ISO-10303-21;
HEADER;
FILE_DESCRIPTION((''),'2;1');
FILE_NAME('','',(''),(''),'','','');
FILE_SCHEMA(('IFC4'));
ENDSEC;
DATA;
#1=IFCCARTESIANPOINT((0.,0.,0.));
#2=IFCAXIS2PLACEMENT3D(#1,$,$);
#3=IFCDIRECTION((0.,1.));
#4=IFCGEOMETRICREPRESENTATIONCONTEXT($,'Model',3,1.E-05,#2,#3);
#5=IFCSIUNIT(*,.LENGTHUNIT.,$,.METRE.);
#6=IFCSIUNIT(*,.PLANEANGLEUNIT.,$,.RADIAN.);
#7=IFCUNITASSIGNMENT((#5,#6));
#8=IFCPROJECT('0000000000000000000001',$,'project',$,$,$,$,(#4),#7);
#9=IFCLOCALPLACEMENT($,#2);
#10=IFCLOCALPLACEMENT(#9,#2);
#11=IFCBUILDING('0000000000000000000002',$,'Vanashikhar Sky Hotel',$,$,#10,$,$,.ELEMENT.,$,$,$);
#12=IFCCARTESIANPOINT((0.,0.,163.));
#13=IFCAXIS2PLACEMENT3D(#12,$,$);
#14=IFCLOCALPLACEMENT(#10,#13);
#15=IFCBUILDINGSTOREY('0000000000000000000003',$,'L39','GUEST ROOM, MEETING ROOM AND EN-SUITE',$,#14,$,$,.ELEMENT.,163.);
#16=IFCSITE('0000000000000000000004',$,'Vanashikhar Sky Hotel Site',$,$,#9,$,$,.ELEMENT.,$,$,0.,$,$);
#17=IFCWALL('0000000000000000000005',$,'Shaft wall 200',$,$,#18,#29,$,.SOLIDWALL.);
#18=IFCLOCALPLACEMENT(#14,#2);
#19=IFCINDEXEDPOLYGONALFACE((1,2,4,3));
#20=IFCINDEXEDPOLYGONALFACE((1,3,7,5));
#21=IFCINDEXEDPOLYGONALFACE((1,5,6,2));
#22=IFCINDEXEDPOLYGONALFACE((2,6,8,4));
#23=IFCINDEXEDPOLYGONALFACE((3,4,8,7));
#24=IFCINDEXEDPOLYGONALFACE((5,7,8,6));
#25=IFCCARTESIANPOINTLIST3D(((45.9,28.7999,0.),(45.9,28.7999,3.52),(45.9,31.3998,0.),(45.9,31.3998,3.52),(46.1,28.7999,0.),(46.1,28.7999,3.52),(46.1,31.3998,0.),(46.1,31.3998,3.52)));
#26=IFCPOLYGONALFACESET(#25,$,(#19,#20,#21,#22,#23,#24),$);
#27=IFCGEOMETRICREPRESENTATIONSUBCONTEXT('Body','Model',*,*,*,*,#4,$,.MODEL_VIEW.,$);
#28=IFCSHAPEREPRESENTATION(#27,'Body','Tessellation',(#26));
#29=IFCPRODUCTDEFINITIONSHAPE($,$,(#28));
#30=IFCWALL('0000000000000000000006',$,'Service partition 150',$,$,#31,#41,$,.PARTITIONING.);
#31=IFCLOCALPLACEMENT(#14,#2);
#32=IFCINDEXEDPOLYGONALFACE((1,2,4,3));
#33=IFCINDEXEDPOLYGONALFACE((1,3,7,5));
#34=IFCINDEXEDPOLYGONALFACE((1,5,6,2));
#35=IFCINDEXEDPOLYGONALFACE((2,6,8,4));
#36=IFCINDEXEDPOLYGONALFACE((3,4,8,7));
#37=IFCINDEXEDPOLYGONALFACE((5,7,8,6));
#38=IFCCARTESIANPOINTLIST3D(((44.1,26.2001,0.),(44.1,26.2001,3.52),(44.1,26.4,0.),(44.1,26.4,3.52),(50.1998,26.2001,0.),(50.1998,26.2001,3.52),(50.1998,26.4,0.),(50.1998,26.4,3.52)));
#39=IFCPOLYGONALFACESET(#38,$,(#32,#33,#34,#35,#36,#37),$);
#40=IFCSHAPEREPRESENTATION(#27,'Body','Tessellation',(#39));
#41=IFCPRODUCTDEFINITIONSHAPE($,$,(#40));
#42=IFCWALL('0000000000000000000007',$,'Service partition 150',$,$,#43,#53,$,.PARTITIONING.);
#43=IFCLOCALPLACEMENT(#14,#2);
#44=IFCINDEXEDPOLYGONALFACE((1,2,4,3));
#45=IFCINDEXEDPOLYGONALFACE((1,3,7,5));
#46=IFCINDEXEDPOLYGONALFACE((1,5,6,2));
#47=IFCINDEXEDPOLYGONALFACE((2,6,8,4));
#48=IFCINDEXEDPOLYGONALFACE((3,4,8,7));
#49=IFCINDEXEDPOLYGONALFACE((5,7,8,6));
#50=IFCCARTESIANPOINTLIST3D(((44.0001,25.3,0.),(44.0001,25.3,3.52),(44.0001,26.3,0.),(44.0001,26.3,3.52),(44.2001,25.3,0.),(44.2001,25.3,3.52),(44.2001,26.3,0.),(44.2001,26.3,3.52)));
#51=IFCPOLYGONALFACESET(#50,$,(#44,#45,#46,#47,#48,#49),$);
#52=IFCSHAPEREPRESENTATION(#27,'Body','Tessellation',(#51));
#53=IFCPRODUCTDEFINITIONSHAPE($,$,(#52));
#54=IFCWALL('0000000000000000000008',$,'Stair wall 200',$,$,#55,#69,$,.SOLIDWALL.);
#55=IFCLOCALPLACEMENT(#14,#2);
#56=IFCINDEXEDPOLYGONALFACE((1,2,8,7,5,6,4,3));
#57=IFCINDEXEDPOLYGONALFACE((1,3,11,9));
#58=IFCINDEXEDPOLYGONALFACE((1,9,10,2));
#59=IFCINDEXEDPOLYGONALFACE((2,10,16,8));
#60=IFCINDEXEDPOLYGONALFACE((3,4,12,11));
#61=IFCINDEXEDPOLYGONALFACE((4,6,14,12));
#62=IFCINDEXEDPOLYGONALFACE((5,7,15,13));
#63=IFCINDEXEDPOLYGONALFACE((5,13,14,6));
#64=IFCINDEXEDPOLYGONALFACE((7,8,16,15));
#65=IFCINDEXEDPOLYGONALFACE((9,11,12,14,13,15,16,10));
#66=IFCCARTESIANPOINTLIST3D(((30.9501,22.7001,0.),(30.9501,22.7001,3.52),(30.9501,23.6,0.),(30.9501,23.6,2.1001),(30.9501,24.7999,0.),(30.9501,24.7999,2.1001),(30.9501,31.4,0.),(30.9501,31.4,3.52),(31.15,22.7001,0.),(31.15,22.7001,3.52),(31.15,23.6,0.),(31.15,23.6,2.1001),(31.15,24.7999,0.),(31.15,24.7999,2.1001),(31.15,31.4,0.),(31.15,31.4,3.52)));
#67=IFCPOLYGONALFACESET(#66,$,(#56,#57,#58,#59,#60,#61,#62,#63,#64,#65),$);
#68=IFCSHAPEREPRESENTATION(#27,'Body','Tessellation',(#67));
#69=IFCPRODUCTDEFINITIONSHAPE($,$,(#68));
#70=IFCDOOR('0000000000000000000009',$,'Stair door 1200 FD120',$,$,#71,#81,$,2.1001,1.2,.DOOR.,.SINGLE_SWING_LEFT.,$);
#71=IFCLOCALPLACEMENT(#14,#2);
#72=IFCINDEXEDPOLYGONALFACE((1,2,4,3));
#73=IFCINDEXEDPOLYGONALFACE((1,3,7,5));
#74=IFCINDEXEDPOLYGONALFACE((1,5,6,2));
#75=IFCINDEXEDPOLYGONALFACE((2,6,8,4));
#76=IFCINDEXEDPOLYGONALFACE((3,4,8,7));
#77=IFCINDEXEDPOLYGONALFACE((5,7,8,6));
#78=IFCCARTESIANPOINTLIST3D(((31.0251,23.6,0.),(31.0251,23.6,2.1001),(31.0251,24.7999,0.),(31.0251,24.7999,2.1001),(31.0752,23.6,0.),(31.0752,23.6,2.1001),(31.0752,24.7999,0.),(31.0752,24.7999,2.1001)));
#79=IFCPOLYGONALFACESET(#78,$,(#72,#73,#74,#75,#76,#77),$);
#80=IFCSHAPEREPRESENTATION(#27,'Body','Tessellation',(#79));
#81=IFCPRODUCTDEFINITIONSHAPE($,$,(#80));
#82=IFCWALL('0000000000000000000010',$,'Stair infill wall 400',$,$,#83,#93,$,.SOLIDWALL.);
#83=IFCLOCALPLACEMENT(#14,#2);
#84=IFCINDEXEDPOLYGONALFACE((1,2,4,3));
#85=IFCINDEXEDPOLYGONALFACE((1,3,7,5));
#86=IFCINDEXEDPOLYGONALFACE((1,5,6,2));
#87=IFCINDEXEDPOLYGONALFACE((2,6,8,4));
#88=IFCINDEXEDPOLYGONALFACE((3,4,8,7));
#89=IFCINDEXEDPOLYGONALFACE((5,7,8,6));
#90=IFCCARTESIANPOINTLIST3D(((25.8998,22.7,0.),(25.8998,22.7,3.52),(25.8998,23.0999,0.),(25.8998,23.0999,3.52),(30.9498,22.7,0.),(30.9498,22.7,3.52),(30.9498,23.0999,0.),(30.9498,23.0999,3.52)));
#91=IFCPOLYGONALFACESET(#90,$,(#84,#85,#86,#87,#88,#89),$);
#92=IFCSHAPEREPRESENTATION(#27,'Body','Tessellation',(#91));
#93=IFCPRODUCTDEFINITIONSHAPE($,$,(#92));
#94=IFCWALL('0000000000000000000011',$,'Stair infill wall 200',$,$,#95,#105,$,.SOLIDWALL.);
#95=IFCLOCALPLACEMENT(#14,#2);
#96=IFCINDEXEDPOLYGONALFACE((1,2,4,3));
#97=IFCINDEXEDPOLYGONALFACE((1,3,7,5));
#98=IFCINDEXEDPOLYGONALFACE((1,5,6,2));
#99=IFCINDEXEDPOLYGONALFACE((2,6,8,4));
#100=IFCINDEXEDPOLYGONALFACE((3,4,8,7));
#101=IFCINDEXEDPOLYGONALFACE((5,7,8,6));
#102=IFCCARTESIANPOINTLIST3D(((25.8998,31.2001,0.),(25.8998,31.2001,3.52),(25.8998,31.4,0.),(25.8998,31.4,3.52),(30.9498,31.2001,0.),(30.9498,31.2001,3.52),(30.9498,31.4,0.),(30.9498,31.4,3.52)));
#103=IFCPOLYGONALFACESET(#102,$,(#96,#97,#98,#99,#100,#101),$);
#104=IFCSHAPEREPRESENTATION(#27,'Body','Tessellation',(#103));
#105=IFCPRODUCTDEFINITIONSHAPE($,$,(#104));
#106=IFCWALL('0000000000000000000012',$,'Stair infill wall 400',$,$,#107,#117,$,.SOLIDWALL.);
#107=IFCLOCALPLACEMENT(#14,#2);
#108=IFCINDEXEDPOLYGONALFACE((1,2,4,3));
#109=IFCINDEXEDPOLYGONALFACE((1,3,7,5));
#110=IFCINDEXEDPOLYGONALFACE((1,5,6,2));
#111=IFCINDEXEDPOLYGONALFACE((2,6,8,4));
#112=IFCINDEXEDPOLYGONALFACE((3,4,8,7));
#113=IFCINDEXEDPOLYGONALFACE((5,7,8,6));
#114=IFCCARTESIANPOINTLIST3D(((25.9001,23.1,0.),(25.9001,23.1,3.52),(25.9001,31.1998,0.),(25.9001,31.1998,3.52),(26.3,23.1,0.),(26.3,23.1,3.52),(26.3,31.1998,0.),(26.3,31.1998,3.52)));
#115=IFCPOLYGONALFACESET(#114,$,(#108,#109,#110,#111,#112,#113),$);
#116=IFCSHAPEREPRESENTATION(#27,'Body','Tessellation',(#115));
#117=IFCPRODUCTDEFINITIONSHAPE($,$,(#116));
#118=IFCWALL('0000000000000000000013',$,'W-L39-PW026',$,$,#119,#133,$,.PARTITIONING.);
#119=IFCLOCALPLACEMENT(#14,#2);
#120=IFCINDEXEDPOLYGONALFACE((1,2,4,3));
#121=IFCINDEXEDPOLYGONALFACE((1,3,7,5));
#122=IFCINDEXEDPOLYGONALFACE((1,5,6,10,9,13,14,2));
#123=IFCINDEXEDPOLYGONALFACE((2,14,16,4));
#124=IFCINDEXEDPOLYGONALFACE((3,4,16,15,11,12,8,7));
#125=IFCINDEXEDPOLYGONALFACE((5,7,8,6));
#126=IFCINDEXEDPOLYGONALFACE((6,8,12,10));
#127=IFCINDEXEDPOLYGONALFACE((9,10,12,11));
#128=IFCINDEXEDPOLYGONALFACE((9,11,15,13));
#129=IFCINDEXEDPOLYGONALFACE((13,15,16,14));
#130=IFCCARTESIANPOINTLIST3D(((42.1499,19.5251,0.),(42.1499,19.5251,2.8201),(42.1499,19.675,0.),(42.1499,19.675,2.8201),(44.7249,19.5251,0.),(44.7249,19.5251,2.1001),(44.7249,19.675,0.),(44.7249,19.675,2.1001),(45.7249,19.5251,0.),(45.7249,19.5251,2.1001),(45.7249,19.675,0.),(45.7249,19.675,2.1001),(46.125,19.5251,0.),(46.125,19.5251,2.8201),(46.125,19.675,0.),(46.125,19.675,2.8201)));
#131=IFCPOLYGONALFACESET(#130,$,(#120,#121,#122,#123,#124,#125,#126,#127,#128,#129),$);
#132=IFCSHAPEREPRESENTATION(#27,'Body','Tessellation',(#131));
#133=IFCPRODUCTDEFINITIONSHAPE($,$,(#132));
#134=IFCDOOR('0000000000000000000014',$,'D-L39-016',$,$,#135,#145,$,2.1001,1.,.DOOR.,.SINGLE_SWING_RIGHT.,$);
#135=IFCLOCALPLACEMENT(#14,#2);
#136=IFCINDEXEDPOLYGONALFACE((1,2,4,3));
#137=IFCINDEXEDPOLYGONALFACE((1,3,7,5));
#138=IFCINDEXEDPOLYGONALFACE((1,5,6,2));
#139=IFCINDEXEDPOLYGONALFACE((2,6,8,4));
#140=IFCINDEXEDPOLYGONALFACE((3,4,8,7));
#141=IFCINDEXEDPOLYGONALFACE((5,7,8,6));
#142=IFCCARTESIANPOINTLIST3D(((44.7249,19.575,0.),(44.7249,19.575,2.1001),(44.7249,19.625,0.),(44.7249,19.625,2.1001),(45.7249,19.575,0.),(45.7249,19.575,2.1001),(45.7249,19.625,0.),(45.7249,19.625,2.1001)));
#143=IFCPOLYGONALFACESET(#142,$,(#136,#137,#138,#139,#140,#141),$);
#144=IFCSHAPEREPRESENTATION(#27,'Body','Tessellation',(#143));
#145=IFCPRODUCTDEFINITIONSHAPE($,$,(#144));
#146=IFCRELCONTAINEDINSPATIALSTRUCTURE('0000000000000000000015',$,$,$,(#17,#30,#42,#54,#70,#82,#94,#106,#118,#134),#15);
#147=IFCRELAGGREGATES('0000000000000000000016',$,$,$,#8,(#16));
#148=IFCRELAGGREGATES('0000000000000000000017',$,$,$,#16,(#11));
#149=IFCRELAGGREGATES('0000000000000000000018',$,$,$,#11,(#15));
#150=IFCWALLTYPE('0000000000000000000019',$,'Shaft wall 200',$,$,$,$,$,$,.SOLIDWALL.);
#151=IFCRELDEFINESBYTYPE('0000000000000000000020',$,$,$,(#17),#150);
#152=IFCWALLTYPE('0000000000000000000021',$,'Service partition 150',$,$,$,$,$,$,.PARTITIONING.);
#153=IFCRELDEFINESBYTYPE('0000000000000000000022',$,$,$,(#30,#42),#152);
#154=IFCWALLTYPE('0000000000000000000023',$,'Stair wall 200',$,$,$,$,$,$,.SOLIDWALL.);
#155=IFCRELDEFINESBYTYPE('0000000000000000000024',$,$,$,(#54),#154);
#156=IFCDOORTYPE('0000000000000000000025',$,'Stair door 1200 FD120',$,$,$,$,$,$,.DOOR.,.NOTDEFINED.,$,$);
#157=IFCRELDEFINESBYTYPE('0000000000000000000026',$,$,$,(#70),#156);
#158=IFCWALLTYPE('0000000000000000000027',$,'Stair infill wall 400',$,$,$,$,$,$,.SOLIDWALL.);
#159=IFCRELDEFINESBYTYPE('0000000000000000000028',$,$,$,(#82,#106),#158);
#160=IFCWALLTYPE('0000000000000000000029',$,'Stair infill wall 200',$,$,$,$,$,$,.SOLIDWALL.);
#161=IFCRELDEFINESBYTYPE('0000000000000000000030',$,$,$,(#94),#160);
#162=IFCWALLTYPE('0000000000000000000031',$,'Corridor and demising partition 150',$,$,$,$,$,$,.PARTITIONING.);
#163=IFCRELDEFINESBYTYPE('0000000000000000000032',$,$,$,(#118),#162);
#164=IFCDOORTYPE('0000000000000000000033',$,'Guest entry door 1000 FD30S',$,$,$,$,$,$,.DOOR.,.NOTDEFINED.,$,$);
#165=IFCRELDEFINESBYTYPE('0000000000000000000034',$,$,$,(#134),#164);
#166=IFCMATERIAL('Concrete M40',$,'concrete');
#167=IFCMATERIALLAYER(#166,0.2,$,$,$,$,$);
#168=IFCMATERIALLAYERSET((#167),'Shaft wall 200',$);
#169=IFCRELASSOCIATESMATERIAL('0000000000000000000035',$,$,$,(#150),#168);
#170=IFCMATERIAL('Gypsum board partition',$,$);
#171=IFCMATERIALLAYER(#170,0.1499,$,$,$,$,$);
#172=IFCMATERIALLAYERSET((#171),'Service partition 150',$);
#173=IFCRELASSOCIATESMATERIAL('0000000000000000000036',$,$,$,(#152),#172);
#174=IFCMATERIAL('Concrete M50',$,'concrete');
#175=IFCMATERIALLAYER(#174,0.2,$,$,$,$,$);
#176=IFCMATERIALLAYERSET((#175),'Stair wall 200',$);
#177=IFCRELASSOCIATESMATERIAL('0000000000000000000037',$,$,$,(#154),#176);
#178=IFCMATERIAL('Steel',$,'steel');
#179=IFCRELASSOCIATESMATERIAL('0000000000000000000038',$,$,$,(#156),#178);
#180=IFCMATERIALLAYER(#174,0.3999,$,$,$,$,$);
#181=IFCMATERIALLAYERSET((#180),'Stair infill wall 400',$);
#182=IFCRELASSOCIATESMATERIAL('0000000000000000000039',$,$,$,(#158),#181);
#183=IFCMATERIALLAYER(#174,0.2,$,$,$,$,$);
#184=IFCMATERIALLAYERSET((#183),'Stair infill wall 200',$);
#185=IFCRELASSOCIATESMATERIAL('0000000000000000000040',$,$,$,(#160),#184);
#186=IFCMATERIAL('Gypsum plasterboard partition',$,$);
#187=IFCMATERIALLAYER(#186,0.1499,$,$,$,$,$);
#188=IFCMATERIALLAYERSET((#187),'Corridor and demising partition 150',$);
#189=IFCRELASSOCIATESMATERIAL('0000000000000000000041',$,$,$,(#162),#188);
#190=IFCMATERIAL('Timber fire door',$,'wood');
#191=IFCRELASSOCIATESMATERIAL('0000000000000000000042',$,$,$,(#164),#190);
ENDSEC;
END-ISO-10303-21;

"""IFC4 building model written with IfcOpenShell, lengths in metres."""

from ifc_helpers import new_model, si_unit, direction, frame, frame_2d, origin, place, context, subcontext, project, spatial, rectangle, extrude, source, transform, mapped, material, layer, layer_set, type_object, element, fill, save


model = new_model("IFC4")

# Units and contexts
model_context = context("Model", 3, precision=1e-05, world=origin(), true_north=direction((0.0, 1.0)))
body_context = subcontext(model_context, "Body", "Model", "MODEL_VIEW")
ifc_project = project(units=[si_unit("LENGTHUNIT", "METRE"), si_unit("PLANEANGLEUNIT", "RADIAN")], contexts=[model_context])

# Site, building, storey
site_placement = place(None, origin())
site = spatial("IfcSite", under=ifc_project, at=site_placement, Name="Vanashikhar Sky Hotel Site", CompositionType="ELEMENT", RefElevation=0.0)
building_placement = place(site_placement, origin())
building = spatial("IfcBuilding", under=site, at=building_placement, Name="Vanashikhar Sky Hotel", CompositionType="ELEMENT")
storey_placement = place(building_placement, frame((0.0, 0.0, 163.0)))
storey = spatial("IfcBuildingStorey", under=building, at=storey_placement, Name="L39", Description="GUEST ROOM, MEETING ROOM AND EN-SUITE", CompositionType="ELEMENT", Elevation=163.0)

# Shared definitions
ifc_material_1 = material(Name="Steel", Category="steel")

# Shared definitions
ifc_material_2 = material(Name="Concrete M40", Category="concrete")
ifc_layer_1 = layer(ifc_material_2, 0.2)
ifc_layer_set_1 = layer_set([ifc_layer_1], Name="Shaft wall 200")
wall_type_1 = type_object("IfcWallType", Name="Shaft wall 200", PredefinedType="SOLIDWALL", material=ifc_layer_set_1)

# Shared definitions
ifc_material_3 = material(Name="Gypsum board partition")
ifc_layer_2 = layer(ifc_material_3, 0.1499)
ifc_layer_set_2 = layer_set([ifc_layer_2], Name="Service partition 150")
wall_type_2 = type_object("IfcWallType", Name="Service partition 150", PredefinedType="PARTITIONING", material=ifc_layer_set_2)

# Walls
shared_shape_1 = source(origin(), body_context, "Body", "SweptSolid", [
    extrude(rectangle(XDim=2.5999, YDim=0.2, at=frame_2d((1.2998, 0.0))), origin(), (0.0, 0.0, 1.0), 3.52),
])
wall_1_placement = place(storey_placement, frame((46.0, 28.8, 0.0), z_axis=(0.0, 0.0, 1.0), x_axis=(0.0, 1.0, 0.0)))
element("IfcWall", 1, at=wall_1_placement, inside=storey, type_object=wall_type_1, Name="Shaft wall 200", PredefinedType="SOLIDWALL", context=body_context, shape_type="MappedRepresentation", body=[
    mapped(shared_shape_1, transform((0.0, 0.0, 0.0), scale=1.0)),
])
shared_shape_2 = source(origin(), body_context, "Body", "SweptSolid", [
    extrude(rectangle(XDim=6.0999, YDim=0.2, at=frame_2d((3.0498, 0.0))), origin(), (0.0, 0.0, 1.0), 3.52),
])
wall_2_placement = place(storey_placement, frame((44.1001, 26.3, 0.0), z_axis=(0.0, 0.0, 1.0), x_axis=(1.0, 0.0, 0.0)))
element("IfcWall", 2, at=wall_2_placement, inside=storey, type_object=wall_type_2, Name="Service partition 150", PredefinedType="PARTITIONING", context=body_context, shape_type="MappedRepresentation", body=[
    mapped(shared_shape_2, transform((0.0, 0.0, 0.0), scale=1.0)),
])
shared_shape_3 = source(origin(), body_context, "Body", "SweptSolid", [
    extrude(rectangle(XDim=1.0, YDim=0.2, at=frame_2d((0.5, 0.0))), origin(), (0.0, 0.0, 1.0), 3.52),
])
wall_3_placement = place(storey_placement, frame((44.1001, 25.3, 0.0), z_axis=(0.0, 0.0, 1.0), x_axis=(0.0, 1.0, 0.0)))
element("IfcWall", 3, at=wall_3_placement, inside=storey, type_object=wall_type_2, Name="Service partition 150", PredefinedType="PARTITIONING", context=body_context, shape_type="MappedRepresentation", body=[
    mapped(shared_shape_3, transform((0.0, 0.0, 0.0), scale=1.0)),
])

# Wall, opening, door
ifc_material_4 = material(Name="Concrete M50", Category="concrete")
ifc_layer_3 = layer(ifc_material_4, 0.2)
ifc_layer_set_3 = layer_set([ifc_layer_3], Name="Stair wall 200")
wall_type_3 = type_object("IfcWallType", Name="Stair wall 200", PredefinedType="SOLIDWALL", material=ifc_layer_set_3)
shared_shape_4 = source(origin(), body_context, "Body", "SweptSolid", [
    extrude(rectangle(XDim=8.7, YDim=0.2, at=frame_2d((4.3501, 0.0))), origin(), (0.0, 0.0, 1.0), 3.52),
])
wall_4_placement = place(storey_placement, frame((31.05, 22.7, 0.0), z_axis=(0.0, 0.0, 1.0), x_axis=(0.0, 1.0, 0.0)))
wall_4 = element("IfcWall", 4, at=wall_4_placement, inside=storey, type_object=wall_type_3, Name="Stair wall 200", PredefinedType="SOLIDWALL", context=body_context, shape_type="MappedRepresentation", body=[
    mapped(shared_shape_4, transform((0.0, 0.0, 0.0), scale=1.0)),
])
shared_shape_5 = source(origin(), body_context, "Body", "SweptSolid", [
    extrude(rectangle(XDim=1.2, YDim=2.1001, at=frame_2d((0.6001, 1.05))), frame((0.0, 0.1099, 0.0), z_axis=(0.0, -1.0, 0.0), x_axis=(1.0, 0.0, 0.0)), (0.0, 0.0, 1.0), 0.22),
])
opening_1_placement = place(wall_4_placement, frame((0.8999, 0.0, 0.0)))
opening_1 = element("IfcOpeningElement", 5, at=opening_1_placement, cuts=wall_4, PredefinedType="OPENING", context=body_context, shape_type="MappedRepresentation", body=[
    mapped(shared_shape_5, transform((0.0, 0.0, 0.0), scale=1.0)),
])
door_type_1 = type_object("IfcDoorType", Name="Stair door 1200 FD120", OperationType="NOTDEFINED", PredefinedType="DOOR", material=ifc_material_1)
shared_shape_6 = source(origin(), body_context, "Body", "SweptSolid", [
    extrude(rectangle(XDim=1.2, YDim=2.1001, at=frame_2d((0.6001, 1.05))), frame((0.0, 0.0249, 0.0), z_axis=(0.0, -1.0, 0.0), x_axis=(1.0, 0.0, 0.0)), (0.0, 0.0, 1.0), 0.05),
])
door_1_placement = place(opening_1_placement, origin())
door_1 = element("IfcDoor", 6, at=door_1_placement, inside=storey, type_object=door_type_1, Name="Stair door 1200 FD120", OperationType="SINGLE_SWING_LEFT", OverallHeight=2.1001, OverallWidth=1.2, PredefinedType="DOOR", context=body_context, shape_type="MappedRepresentation", body=[
    mapped(shared_shape_6, transform((0.0, 0.0, 0.0), scale=1.0)),
])
fill(opening_1, door_1)

# Walls
ifc_layer_4 = layer(ifc_material_4, 0.3999)
ifc_layer_set_4 = layer_set([ifc_layer_4], Name="Stair infill wall 400")
wall_type_4 = type_object("IfcWallType", Name="Stair infill wall 400", PredefinedType="SOLIDWALL", material=ifc_layer_set_4)
shared_shape_7 = source(origin(), body_context, "Body", "SweptSolid", [
    extrude(rectangle(XDim=5.05, YDim=0.3999, at=frame_2d((2.5249, 0.0))), origin(), (0.0, 0.0, 1.0), 3.52),
])
wall_5_placement = place(storey_placement, frame((25.8999, 22.8999, 0.0), z_axis=(0.0, 0.0, 1.0), x_axis=(1.0, 0.0, 0.0)))
element("IfcWall", 7, at=wall_5_placement, inside=storey, type_object=wall_type_4, Name="Stair infill wall 400", PredefinedType="SOLIDWALL", context=body_context, shape_type="MappedRepresentation", body=[
    mapped(shared_shape_7, transform((0.0, 0.0, 0.0), scale=1.0)),
])
ifc_layer_5 = layer(ifc_material_4, 0.2)
ifc_layer_set_5 = layer_set([ifc_layer_5], Name="Stair infill wall 200")
wall_type_5 = type_object("IfcWallType", Name="Stair infill wall 200", PredefinedType="SOLIDWALL", material=ifc_layer_set_5)
shared_shape_8 = source(origin(), body_context, "Body", "SweptSolid", [
    extrude(rectangle(XDim=5.05, YDim=0.2, at=frame_2d((2.5249, 0.0))), origin(), (0.0, 0.0, 1.0), 3.52),
])
wall_6_placement = place(storey_placement, frame((25.8999, 31.3, 0.0), z_axis=(0.0, 0.0, 1.0), x_axis=(1.0, 0.0, 0.0)))
element("IfcWall", 8, at=wall_6_placement, inside=storey, type_object=wall_type_5, Name="Stair infill wall 200", PredefinedType="SOLIDWALL", context=body_context, shape_type="MappedRepresentation", body=[
    mapped(shared_shape_8, transform((0.0, 0.0, 0.0), scale=1.0)),
])
shared_shape_9 = source(origin(), body_context, "Body", "SweptSolid", [
    extrude(rectangle(XDim=8.0999, YDim=0.3999, at=frame_2d((4.0498, 0.0))), origin(), (0.0, 0.0, 1.0), 3.52),
])
wall_7_placement = place(storey_placement, frame((26.1001, 23.1001, 0.0), z_axis=(0.0, 0.0, 1.0), x_axis=(0.0, 1.0, 0.0)))
element("IfcWall", 9, at=wall_7_placement, inside=storey, type_object=wall_type_4, Name="Stair infill wall 400", PredefinedType="SOLIDWALL", context=body_context, shape_type="MappedRepresentation", body=[
    mapped(shared_shape_9, transform((0.0, 0.0, 0.0), scale=1.0)),
])

# Wall, opening, door
ifc_material_5 = material(Name="Gypsum plasterboard partition")
ifc_layer_6 = layer(ifc_material_5, 0.1499)
ifc_layer_set_6 = layer_set([ifc_layer_6], Name="Corridor and demising partition 150")
wall_type_6 = type_object("IfcWallType", Name="Corridor and demising partition 150", PredefinedType="PARTITIONING", material=ifc_layer_set_6)
shared_shape_10 = source(origin(), body_context, "Body", "SweptSolid", [
    extrude(rectangle(XDim=3.9751, YDim=0.1499, at=frame_2d((1.9875, 0.0))), origin(), (0.0, 0.0, 1.0), 2.8201),
])
wall_8_placement = place(storey_placement, frame((42.1499, 19.6001, 0.0), z_axis=(0.0, 0.0, 1.0), x_axis=(1.0, 0.0, 0.0)))
wall_8 = element("IfcWall", 10, at=wall_8_placement, inside=storey, type_object=wall_type_6, Name="W-L39-PW026", PredefinedType="PARTITIONING", context=body_context, shape_type="MappedRepresentation", body=[
    mapped(shared_shape_10, transform((0.0, 0.0, 0.0), scale=1.0)),
])
shared_shape_11 = source(origin(), body_context, "Body", "SweptSolid", [
    extrude(rectangle(XDim=1.0, YDim=2.1001, at=frame_2d((0.5, 1.05))), frame((0.0, 0.085, 0.0), z_axis=(0.0, -1.0, 0.0), x_axis=(1.0, 0.0, 0.0)), (0.0, 0.0, 1.0), 0.1699),
])
opening_2_placement = place(wall_8_placement, frame((2.575, 0.0, 0.0)))
opening_2 = element("IfcOpeningElement", 11, at=opening_2_placement, cuts=wall_8, PredefinedType="OPENING", context=body_context, shape_type="MappedRepresentation", body=[
    mapped(shared_shape_11, transform((0.0, 0.0, 0.0), scale=1.0)),
])
ifc_material_6 = material(Name="Timber fire door", Category="wood")
door_type_2 = type_object("IfcDoorType", Name="Guest entry door 1000 FD30S", OperationType="NOTDEFINED", PredefinedType="DOOR", material=ifc_material_6)
shared_shape_12 = source(origin(), body_context, "Body", "SweptSolid", [
    extrude(rectangle(XDim=1.0, YDim=2.1001, at=frame_2d((0.5, 1.05))), frame((0.0, 0.0249, 0.0), z_axis=(0.0, -1.0, 0.0), x_axis=(1.0, 0.0, 0.0)), (0.0, 0.0, 1.0), 0.05),
])
door_2_placement = place(opening_2_placement, origin())
door_2 = element("IfcDoor", 12, at=door_2_placement, inside=storey, type_object=door_type_2, Name="D-L39-016", OperationType="SINGLE_SWING_RIGHT", OverallHeight=2.1001, OverallWidth=1.0, PredefinedType="DOOR", context=body_context, shape_type="MappedRepresentation", body=[
    mapped(shared_shape_12, transform((0.0, 0.0, 0.0), scale=1.0)),
])
fill(opening_2, door_2)

save(model, "model.ifc")
